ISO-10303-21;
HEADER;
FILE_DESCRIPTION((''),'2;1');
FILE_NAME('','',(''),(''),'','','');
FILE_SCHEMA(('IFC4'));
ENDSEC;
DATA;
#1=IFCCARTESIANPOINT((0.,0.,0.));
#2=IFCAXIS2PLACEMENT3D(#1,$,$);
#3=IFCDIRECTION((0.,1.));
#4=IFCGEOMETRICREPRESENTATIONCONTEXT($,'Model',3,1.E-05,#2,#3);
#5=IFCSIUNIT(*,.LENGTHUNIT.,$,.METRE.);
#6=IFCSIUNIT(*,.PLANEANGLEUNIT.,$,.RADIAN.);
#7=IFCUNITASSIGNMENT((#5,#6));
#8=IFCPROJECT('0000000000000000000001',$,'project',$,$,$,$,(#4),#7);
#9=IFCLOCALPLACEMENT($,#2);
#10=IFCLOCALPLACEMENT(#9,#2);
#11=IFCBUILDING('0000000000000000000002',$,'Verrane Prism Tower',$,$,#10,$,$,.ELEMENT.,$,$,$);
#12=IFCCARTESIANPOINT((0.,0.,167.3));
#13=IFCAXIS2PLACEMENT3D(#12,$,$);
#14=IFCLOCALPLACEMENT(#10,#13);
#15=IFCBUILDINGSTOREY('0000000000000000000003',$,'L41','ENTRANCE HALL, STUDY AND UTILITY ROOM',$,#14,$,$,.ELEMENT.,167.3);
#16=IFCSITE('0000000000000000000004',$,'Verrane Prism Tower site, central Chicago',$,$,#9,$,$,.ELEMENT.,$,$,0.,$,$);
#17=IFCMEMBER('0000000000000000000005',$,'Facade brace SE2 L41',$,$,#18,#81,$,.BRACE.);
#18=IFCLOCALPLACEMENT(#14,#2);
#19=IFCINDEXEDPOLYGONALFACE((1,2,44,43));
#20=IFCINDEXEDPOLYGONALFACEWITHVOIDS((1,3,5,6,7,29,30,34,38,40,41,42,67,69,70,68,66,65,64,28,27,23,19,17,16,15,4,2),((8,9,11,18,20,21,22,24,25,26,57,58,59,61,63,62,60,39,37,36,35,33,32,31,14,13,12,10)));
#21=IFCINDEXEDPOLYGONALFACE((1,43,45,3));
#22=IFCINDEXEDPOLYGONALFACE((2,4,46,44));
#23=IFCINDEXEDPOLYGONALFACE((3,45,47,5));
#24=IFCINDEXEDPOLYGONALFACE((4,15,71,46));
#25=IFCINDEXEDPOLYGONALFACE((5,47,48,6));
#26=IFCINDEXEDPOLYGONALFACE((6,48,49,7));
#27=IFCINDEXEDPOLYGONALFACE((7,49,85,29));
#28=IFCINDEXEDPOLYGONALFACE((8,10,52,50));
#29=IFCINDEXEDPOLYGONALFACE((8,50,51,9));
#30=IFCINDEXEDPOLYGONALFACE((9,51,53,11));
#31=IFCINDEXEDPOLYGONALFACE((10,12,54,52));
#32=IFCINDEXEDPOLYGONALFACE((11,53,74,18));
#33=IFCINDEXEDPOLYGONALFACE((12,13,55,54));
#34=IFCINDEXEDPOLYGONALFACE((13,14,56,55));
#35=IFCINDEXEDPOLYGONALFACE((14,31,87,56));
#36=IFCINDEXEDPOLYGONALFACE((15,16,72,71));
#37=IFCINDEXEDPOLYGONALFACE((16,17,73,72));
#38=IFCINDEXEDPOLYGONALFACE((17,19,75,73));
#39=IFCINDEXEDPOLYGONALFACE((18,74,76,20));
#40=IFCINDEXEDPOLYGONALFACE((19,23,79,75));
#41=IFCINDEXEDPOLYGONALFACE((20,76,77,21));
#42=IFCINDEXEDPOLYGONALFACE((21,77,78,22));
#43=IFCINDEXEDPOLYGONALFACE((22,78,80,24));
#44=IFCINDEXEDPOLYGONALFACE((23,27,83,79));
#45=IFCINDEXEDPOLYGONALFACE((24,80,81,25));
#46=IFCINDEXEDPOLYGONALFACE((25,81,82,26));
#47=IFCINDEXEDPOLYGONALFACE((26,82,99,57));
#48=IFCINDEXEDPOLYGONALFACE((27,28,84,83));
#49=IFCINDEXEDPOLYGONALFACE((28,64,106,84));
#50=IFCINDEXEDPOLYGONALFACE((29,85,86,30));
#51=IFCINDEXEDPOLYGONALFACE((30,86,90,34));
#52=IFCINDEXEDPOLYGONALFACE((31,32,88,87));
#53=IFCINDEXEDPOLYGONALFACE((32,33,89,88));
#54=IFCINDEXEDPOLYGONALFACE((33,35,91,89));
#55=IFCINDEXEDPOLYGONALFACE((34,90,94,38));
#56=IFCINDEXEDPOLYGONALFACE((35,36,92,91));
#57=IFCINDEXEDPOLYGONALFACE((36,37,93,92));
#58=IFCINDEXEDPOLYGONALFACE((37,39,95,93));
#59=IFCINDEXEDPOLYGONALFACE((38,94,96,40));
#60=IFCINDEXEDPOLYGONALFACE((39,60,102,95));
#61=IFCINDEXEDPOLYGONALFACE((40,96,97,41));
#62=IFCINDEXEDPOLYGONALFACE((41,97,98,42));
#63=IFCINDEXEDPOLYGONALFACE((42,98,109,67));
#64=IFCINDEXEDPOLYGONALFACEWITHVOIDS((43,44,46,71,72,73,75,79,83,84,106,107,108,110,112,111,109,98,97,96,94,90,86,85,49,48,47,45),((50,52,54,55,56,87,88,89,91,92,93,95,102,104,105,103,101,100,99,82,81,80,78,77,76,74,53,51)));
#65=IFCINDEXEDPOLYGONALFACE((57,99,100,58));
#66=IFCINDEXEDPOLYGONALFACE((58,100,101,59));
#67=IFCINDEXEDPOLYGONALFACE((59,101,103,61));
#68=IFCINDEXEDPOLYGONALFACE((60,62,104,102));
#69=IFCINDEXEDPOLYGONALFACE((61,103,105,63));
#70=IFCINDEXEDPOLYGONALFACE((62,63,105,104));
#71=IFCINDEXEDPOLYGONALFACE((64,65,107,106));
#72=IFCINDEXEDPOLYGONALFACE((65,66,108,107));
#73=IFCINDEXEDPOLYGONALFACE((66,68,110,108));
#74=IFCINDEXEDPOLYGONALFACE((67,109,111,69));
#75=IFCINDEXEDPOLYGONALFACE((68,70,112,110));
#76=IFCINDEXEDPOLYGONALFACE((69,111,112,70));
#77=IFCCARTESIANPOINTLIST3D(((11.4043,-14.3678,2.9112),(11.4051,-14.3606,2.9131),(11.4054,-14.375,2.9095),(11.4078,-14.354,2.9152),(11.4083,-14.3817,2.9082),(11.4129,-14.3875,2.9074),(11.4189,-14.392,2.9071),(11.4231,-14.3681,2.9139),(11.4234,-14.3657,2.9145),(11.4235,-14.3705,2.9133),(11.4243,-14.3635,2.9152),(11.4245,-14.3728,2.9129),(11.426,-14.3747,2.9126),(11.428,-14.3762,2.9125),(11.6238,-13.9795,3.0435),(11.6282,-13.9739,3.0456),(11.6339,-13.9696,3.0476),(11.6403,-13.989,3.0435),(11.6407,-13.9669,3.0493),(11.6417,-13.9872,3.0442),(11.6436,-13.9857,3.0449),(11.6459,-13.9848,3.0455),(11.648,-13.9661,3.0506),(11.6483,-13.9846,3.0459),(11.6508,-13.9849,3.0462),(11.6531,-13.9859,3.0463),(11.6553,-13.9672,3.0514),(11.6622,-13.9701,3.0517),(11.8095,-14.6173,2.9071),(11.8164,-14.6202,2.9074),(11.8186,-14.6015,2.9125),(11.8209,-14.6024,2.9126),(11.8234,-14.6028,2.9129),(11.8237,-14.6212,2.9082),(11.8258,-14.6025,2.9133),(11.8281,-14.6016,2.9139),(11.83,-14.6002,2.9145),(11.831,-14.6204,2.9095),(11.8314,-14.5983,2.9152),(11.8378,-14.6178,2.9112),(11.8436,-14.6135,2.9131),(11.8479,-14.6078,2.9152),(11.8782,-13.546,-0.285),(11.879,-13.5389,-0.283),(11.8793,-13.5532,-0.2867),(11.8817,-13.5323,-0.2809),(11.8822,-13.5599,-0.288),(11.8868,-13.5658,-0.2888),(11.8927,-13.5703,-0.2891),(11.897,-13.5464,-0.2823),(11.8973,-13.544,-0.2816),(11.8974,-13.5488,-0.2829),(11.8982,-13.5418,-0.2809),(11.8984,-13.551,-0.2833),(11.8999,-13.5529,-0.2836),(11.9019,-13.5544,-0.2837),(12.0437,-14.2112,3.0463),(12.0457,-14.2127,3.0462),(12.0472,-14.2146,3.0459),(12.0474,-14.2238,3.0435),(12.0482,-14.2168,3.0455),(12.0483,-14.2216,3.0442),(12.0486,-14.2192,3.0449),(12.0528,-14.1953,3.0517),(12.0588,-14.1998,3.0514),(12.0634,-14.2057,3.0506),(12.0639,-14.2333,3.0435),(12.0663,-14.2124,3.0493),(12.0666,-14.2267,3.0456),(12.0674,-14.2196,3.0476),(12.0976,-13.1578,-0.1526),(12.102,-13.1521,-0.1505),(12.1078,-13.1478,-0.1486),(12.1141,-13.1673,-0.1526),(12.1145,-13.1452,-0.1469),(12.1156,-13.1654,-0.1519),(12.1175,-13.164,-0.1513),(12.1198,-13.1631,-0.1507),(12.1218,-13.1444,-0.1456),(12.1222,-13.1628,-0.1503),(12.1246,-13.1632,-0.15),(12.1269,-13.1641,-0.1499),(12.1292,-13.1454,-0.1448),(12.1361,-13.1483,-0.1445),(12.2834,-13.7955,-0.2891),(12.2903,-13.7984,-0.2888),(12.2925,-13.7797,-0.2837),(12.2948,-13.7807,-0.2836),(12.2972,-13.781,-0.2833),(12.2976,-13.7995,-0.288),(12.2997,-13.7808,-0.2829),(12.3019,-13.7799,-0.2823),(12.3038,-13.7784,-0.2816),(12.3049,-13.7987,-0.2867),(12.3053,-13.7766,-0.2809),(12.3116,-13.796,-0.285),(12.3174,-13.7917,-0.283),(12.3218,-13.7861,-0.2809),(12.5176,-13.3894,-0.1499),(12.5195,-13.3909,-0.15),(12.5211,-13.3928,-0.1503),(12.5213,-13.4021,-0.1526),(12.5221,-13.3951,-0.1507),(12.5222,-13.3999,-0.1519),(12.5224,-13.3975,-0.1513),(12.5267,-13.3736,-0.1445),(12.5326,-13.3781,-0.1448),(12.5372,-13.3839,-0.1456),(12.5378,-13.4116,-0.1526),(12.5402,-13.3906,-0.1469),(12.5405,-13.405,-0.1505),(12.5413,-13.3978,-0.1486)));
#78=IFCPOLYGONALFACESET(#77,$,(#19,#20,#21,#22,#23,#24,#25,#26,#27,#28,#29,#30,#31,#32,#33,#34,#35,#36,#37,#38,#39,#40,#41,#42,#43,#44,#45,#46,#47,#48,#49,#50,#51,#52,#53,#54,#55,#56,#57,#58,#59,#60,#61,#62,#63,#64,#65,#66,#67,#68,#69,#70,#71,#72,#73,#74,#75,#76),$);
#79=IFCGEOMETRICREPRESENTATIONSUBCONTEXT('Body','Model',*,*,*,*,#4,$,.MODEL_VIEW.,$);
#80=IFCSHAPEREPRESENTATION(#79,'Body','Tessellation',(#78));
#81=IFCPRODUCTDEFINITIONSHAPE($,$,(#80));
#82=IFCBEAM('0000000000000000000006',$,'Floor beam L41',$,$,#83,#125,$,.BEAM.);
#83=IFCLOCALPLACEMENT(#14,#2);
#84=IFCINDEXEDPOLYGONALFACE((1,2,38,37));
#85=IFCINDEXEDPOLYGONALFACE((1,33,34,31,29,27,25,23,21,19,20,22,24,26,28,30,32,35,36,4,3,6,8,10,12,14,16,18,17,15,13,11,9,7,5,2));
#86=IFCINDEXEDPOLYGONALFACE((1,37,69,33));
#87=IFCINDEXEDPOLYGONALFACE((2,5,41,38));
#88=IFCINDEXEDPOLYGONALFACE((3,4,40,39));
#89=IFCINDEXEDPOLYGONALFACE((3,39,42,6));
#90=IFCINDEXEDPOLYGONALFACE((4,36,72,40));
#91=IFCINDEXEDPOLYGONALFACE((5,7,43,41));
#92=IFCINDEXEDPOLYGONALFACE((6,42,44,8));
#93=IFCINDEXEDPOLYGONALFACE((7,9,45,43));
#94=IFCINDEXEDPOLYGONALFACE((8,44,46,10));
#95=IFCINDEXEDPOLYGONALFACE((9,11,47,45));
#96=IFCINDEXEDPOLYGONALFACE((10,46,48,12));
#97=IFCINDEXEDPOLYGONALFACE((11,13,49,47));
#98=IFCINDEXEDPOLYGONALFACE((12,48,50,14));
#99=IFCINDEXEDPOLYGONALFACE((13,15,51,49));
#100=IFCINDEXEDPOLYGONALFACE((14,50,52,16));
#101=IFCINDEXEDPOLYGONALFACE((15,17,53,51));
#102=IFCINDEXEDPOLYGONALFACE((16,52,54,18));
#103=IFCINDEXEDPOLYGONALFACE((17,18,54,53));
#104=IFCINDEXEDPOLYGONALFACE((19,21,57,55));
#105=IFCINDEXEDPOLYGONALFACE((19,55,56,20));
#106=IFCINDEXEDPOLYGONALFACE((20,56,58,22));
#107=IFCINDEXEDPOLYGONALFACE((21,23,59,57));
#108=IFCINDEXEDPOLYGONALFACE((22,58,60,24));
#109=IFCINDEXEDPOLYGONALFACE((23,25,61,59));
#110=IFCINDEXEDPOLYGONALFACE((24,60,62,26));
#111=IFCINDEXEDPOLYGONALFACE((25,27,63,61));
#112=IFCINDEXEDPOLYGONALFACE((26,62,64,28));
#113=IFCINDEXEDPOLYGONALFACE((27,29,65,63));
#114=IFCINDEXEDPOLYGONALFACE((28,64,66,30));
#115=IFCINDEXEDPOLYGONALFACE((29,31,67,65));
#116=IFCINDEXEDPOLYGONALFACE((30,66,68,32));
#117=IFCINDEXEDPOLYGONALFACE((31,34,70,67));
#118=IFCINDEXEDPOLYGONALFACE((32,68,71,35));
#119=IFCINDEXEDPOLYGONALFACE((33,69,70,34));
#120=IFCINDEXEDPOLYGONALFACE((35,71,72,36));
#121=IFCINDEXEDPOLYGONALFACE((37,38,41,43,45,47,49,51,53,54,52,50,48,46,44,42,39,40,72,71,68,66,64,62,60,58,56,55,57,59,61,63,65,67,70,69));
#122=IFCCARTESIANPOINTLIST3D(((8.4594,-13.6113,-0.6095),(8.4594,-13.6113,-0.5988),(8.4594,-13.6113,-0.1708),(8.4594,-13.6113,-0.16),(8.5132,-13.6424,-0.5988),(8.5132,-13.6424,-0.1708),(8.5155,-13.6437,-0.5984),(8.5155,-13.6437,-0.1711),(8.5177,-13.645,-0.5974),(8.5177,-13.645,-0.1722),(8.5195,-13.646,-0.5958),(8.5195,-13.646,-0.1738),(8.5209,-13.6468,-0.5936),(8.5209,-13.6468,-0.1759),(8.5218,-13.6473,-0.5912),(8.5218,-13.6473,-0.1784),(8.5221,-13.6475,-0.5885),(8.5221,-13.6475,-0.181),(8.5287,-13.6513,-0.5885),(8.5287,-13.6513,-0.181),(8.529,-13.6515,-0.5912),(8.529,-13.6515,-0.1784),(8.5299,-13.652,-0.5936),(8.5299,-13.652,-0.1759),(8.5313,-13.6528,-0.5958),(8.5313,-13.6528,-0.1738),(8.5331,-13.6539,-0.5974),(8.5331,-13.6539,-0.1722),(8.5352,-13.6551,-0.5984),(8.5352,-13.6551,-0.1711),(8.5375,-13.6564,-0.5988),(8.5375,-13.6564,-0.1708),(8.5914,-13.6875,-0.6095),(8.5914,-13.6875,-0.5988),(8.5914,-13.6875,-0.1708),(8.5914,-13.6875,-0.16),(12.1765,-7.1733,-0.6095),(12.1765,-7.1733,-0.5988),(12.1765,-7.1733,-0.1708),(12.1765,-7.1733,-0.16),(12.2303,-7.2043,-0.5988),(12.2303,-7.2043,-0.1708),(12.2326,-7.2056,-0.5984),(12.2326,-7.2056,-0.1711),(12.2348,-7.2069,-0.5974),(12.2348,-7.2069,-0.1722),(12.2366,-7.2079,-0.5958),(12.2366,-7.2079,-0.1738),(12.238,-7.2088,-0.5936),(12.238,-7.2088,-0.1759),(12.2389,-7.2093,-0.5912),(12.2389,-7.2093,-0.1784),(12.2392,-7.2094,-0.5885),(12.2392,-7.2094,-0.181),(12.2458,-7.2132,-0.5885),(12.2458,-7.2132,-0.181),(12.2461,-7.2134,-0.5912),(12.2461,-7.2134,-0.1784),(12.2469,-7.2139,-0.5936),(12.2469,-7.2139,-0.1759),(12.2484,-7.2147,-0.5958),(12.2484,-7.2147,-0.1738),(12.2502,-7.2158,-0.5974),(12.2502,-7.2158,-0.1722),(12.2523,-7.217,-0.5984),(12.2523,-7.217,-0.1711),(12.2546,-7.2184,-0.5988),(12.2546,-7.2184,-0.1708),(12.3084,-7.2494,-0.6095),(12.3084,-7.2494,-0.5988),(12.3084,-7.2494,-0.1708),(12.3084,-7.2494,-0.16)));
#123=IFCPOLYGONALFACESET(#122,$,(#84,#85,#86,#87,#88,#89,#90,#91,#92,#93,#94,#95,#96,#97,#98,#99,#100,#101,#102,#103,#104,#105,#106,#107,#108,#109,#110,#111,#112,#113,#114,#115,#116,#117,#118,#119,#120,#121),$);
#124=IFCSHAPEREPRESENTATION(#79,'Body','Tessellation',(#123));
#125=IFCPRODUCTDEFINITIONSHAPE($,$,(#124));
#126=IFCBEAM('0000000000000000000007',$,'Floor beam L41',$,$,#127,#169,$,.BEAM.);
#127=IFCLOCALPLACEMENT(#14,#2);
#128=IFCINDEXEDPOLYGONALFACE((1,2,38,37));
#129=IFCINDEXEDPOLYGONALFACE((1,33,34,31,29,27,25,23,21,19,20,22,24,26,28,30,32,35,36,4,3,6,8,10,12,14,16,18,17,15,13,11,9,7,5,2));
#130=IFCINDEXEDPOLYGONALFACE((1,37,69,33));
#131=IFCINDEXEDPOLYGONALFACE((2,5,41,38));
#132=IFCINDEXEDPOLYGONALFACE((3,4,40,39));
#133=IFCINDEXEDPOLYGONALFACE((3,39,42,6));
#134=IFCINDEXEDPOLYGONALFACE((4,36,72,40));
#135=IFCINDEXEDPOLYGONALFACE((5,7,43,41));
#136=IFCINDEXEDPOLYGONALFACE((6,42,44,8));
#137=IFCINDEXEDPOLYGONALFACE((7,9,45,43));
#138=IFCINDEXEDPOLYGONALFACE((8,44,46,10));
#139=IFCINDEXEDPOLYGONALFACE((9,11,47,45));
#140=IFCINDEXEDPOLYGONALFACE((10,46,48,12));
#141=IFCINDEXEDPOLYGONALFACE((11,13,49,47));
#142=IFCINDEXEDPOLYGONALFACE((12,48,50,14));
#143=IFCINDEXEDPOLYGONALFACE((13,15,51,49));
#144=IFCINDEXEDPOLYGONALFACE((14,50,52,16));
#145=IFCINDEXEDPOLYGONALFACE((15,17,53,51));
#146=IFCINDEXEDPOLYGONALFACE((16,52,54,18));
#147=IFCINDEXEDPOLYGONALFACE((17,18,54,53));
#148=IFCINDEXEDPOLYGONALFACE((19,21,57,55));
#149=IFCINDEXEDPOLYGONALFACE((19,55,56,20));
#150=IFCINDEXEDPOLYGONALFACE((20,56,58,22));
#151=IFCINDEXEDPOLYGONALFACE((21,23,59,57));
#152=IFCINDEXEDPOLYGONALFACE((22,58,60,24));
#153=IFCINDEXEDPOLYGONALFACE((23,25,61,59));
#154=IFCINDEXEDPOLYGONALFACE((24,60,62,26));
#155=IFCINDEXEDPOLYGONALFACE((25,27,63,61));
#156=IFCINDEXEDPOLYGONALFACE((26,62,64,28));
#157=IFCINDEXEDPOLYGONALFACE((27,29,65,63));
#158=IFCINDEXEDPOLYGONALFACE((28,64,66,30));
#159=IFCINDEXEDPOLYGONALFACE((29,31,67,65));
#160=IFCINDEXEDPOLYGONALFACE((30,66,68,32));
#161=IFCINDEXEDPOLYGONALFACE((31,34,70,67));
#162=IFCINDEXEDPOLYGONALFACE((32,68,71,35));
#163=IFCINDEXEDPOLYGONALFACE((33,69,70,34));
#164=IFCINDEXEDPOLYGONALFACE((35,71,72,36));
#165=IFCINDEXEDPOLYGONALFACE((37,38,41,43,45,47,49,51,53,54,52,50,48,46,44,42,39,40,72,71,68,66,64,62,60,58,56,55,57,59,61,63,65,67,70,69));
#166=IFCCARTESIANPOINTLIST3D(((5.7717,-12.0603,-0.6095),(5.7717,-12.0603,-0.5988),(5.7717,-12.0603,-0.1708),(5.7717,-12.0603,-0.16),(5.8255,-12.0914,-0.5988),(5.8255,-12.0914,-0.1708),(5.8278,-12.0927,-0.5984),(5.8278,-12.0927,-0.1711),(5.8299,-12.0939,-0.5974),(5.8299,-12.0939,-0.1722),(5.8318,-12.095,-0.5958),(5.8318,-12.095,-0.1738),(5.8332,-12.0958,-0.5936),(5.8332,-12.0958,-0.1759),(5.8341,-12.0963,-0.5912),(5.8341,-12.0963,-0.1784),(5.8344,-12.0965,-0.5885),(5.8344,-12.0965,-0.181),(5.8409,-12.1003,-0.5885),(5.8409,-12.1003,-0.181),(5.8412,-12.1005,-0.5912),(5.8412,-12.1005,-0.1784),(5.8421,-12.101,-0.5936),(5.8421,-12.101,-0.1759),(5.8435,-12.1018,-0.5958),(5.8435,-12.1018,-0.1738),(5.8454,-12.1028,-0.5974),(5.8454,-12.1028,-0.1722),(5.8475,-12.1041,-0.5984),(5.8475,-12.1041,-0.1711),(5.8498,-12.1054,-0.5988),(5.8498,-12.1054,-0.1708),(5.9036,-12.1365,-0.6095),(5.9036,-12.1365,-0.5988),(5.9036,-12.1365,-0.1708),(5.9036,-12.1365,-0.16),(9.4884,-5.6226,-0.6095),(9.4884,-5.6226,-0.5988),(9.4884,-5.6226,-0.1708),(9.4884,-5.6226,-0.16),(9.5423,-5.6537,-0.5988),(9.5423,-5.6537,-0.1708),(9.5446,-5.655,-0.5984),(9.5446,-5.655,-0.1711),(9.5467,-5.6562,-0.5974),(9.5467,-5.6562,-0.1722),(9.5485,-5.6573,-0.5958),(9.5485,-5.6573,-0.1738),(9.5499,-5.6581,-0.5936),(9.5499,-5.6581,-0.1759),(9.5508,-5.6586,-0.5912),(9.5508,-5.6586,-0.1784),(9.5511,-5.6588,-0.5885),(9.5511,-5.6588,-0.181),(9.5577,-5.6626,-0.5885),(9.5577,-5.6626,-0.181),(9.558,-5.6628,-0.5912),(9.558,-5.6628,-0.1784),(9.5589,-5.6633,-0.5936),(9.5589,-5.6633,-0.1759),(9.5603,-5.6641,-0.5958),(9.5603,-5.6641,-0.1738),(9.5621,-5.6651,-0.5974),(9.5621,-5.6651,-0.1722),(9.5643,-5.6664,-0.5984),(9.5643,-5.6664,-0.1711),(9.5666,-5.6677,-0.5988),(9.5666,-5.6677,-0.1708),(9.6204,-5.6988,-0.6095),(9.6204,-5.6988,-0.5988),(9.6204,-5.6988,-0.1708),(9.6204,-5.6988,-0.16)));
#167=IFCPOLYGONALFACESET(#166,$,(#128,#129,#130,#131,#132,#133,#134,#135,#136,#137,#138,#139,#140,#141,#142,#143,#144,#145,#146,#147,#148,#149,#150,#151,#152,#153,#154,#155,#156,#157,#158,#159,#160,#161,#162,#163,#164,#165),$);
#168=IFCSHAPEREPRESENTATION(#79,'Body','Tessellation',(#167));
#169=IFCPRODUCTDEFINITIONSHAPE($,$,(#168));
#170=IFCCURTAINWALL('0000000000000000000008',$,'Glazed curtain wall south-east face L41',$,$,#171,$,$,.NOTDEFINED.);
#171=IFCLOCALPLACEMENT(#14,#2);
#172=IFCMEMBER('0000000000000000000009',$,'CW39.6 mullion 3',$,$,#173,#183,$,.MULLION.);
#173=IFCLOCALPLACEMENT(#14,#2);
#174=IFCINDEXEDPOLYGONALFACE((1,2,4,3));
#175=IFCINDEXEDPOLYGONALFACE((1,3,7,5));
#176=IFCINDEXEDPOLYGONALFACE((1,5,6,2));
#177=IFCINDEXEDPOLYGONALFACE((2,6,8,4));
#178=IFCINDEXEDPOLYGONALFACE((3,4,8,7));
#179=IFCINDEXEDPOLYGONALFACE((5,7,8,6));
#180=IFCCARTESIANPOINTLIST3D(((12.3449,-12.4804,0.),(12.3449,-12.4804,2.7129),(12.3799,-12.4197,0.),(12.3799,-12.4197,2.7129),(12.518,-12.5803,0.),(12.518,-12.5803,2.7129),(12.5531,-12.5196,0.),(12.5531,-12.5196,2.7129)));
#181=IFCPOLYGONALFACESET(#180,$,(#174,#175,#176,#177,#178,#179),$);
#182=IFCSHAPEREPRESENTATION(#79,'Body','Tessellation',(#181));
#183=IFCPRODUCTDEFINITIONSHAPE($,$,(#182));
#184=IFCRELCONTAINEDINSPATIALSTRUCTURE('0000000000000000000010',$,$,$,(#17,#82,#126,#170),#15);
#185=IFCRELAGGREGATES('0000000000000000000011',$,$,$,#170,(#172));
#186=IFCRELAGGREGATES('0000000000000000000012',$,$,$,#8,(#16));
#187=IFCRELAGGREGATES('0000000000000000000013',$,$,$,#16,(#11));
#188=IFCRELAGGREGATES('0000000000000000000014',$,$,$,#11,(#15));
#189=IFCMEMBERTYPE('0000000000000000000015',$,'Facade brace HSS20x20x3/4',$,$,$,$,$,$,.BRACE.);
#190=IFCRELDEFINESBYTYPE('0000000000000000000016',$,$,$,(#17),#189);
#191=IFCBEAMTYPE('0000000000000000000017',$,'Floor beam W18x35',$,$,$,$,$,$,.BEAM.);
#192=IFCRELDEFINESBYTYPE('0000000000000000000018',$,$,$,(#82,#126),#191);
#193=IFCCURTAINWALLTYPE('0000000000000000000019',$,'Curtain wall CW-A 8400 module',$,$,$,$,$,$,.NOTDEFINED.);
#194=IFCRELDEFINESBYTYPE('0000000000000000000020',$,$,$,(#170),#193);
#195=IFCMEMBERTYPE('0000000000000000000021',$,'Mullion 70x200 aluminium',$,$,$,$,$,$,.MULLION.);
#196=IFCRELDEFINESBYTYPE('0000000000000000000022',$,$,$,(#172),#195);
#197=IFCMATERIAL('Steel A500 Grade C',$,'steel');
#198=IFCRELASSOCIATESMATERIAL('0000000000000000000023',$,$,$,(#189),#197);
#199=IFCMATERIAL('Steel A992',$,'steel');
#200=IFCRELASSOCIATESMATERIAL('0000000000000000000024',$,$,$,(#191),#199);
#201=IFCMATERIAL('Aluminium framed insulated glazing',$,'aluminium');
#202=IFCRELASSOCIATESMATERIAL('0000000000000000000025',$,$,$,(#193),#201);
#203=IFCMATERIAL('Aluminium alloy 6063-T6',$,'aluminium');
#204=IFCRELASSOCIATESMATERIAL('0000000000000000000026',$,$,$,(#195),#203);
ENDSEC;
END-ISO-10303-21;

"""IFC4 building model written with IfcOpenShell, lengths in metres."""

from ifc_helpers import new_model, si_unit, direction, frame, origin, origin_2d, place, context, subcontext, project, spatial, rectangle, hollow_rectangle, i_section, extrude, material, material_profile, profile_set, type_object, element, aggregate, save


model = new_model("IFC4")

# Units and contexts
model_context = context("Model", 3, precision=1e-05, world=origin(), true_north=direction((0.0, 1.0)))
body_context = subcontext(model_context, "Body", "Model", "MODEL_VIEW")
ifc_project = project(units=[si_unit("LENGTHUNIT", "METRE"), si_unit("PLANEANGLEUNIT", "RADIAN")], contexts=[model_context])

# Site, building, storey
site_placement = place(None, origin())
site = spatial("IfcSite", under=ifc_project, at=site_placement, Name="Verrane Prism Tower site, central Chicago", CompositionType="ELEMENT", RefElevation=0.0)
building_placement = place(site_placement, origin())
building = spatial("IfcBuilding", under=site, at=building_placement, Name="Verrane Prism Tower", CompositionType="ELEMENT")
storey_placement = place(building_placement, frame((0.0, 0.0, 167.3)))
storey = spatial("IfcBuildingStorey", under=building, at=storey_placement, Name="L41", Description="ENTRANCE HALL, STUDY AND UTILITY ROOM", CompositionType="ELEMENT", Elevation=167.3)

# Member
ifc_material_1 = material(Name="Steel A500 Grade C", Category="steel")
ifc_material_profile_1 = material_profile(ifc_material_1, hollow_rectangle(XDim=0.5081, YDim=0.5081, WallThickness=0.019, InnerFilletRadius=0.0095, OuterFilletRadius=0.0286, at=origin_2d()), Name="HSS20x20x3/4")
ifc_profile_set_1 = profile_set([ifc_material_profile_1], Name="Steel A500 Grade C")
member_type_1 = type_object("IfcMemberType", Name="Facade brace HSS20x20x3/4", PredefinedType="BRACE", material=ifc_profile_set_1)
member_1_placement = place(storey_placement, frame((12.2097, -13.4719, -0.2168), z_axis=(-0.142131, -0.246477, 0.95867), x_axis=(0.866288, -0.499544, 0.0)))
element("IfcMember", 1, at=member_1_placement, inside=storey, type_object=member_type_1, Name="Facade brace SE2 L41", PredefinedType="BRACE", context=body_context, shape_type="SweptSolid", body=[
    extrude(hollow_rectangle(XDim=0.5081, YDim=0.5081, WallThickness=0.019, InnerFilletRadius=0.0095, OuterFilletRadius=0.0286, at=origin_2d()), origin(), (0.0, 0.0, 1.0), 3.334),
])

# Beams
ifc_material_2 = material(Name="Steel A992", Category="steel")
ifc_material_profile_2 = material_profile(ifc_material_2, i_section(OverallWidth=0.1523, OverallDepth=0.4495, WebThickness=0.0076, FlangeThickness=0.0107, FilletRadius=0.0103, at=origin_2d()), Name="W18x35")
ifc_profile_set_2 = profile_set([ifc_material_profile_2], Name="Steel A992")
beam_type_1 = type_object("IfcBeamType", Name="Floor beam W18x35", PredefinedType="BEAM", material=ifc_profile_set_2)
beam_1_placement = place(storey_placement, frame((8.5254, -13.6494, -0.3848), z_axis=(0.500007, 0.866022, 0.0), x_axis=(-0.866022, 0.500007, 0.0)))
element("IfcBeam", 2, at=beam_1_placement, inside=storey, type_object=beam_type_1, Name="Floor beam L41", PredefinedType="BEAM", context=body_context, shape_type="SweptSolid", body=[
    extrude(i_section(OverallWidth=0.1523, OverallDepth=0.4495, WebThickness=0.0076, FlangeThickness=0.0107, FilletRadius=0.0103, at=origin_2d()), origin(), (0.0, 0.0, 1.0), 7.4341),
])
beam_2_placement = place(storey_placement, frame((5.8376, -12.0984, -0.3848), z_axis=(0.499996, 0.866028, 0.0), x_axis=(-0.866028, 0.499996, 0.0)))
element("IfcBeam", 3, at=beam_2_placement, inside=storey, type_object=beam_type_1, Name="Floor beam L41", PredefinedType="BEAM", context=body_context, shape_type="SweptSolid", body=[
    extrude(i_section(OverallWidth=0.1523, OverallDepth=0.4495, WebThickness=0.0076, FlangeThickness=0.0107, FilletRadius=0.0103, at=origin_2d()), origin(), (0.0, 0.0, 1.0), 7.4336),
])

# Curtain wall, member
ifc_material_3 = material(Name="Aluminium framed insulated glazing", Category="aluminium")
curtain_wall_type = type_object("IfcCurtainWallType", Name="Curtain wall CW-A 8400 module", PredefinedType="NOTDEFINED", material=ifc_material_3)
curtain_wall_placement = place(storey_placement, origin())
curtain_wall = element("IfcCurtainWall", 4, at=curtain_wall_placement, inside=storey, type_object=curtain_wall_type, Name="Glazed curtain wall south-east face L41", PredefinedType="NOTDEFINED")
ifc_material_4 = material(Name="Aluminium alloy 6063-T6", Category="aluminium")
ifc_material_profile_3 = material_profile(ifc_material_4, rectangle(XDim=0.2, YDim=0.0701, at=origin_2d()), Name="Mullion 70x200 aluminium")
ifc_profile_set_3 = profile_set([ifc_material_profile_3], Name="Aluminium alloy 6063-T6")
member_type_2 = type_object("IfcMemberType", Name="Mullion 70x200 aluminium", PredefinedType="MULLION", material=ifc_profile_set_3)
member_2_placement = place(storey_placement, frame((12.449, -12.5, 0.0), z_axis=(0.0, 0.0, 1.0), x_axis=(-0.866026, 0.499999, 0.0)))
member_2 = element("IfcMember", 5, at=member_2_placement, type_object=member_type_2, Name="CW39.6 mullion 3", PredefinedType="MULLION", context=body_context, shape_type="SweptSolid", body=[
    extrude(rectangle(XDim=0.2, YDim=0.0701, at=origin_2d()), origin(), (0.0, 0.0, 1.0), 2.7129),
])

aggregate(curtain_wall, [member_2])

save(model, "model.ifc")
